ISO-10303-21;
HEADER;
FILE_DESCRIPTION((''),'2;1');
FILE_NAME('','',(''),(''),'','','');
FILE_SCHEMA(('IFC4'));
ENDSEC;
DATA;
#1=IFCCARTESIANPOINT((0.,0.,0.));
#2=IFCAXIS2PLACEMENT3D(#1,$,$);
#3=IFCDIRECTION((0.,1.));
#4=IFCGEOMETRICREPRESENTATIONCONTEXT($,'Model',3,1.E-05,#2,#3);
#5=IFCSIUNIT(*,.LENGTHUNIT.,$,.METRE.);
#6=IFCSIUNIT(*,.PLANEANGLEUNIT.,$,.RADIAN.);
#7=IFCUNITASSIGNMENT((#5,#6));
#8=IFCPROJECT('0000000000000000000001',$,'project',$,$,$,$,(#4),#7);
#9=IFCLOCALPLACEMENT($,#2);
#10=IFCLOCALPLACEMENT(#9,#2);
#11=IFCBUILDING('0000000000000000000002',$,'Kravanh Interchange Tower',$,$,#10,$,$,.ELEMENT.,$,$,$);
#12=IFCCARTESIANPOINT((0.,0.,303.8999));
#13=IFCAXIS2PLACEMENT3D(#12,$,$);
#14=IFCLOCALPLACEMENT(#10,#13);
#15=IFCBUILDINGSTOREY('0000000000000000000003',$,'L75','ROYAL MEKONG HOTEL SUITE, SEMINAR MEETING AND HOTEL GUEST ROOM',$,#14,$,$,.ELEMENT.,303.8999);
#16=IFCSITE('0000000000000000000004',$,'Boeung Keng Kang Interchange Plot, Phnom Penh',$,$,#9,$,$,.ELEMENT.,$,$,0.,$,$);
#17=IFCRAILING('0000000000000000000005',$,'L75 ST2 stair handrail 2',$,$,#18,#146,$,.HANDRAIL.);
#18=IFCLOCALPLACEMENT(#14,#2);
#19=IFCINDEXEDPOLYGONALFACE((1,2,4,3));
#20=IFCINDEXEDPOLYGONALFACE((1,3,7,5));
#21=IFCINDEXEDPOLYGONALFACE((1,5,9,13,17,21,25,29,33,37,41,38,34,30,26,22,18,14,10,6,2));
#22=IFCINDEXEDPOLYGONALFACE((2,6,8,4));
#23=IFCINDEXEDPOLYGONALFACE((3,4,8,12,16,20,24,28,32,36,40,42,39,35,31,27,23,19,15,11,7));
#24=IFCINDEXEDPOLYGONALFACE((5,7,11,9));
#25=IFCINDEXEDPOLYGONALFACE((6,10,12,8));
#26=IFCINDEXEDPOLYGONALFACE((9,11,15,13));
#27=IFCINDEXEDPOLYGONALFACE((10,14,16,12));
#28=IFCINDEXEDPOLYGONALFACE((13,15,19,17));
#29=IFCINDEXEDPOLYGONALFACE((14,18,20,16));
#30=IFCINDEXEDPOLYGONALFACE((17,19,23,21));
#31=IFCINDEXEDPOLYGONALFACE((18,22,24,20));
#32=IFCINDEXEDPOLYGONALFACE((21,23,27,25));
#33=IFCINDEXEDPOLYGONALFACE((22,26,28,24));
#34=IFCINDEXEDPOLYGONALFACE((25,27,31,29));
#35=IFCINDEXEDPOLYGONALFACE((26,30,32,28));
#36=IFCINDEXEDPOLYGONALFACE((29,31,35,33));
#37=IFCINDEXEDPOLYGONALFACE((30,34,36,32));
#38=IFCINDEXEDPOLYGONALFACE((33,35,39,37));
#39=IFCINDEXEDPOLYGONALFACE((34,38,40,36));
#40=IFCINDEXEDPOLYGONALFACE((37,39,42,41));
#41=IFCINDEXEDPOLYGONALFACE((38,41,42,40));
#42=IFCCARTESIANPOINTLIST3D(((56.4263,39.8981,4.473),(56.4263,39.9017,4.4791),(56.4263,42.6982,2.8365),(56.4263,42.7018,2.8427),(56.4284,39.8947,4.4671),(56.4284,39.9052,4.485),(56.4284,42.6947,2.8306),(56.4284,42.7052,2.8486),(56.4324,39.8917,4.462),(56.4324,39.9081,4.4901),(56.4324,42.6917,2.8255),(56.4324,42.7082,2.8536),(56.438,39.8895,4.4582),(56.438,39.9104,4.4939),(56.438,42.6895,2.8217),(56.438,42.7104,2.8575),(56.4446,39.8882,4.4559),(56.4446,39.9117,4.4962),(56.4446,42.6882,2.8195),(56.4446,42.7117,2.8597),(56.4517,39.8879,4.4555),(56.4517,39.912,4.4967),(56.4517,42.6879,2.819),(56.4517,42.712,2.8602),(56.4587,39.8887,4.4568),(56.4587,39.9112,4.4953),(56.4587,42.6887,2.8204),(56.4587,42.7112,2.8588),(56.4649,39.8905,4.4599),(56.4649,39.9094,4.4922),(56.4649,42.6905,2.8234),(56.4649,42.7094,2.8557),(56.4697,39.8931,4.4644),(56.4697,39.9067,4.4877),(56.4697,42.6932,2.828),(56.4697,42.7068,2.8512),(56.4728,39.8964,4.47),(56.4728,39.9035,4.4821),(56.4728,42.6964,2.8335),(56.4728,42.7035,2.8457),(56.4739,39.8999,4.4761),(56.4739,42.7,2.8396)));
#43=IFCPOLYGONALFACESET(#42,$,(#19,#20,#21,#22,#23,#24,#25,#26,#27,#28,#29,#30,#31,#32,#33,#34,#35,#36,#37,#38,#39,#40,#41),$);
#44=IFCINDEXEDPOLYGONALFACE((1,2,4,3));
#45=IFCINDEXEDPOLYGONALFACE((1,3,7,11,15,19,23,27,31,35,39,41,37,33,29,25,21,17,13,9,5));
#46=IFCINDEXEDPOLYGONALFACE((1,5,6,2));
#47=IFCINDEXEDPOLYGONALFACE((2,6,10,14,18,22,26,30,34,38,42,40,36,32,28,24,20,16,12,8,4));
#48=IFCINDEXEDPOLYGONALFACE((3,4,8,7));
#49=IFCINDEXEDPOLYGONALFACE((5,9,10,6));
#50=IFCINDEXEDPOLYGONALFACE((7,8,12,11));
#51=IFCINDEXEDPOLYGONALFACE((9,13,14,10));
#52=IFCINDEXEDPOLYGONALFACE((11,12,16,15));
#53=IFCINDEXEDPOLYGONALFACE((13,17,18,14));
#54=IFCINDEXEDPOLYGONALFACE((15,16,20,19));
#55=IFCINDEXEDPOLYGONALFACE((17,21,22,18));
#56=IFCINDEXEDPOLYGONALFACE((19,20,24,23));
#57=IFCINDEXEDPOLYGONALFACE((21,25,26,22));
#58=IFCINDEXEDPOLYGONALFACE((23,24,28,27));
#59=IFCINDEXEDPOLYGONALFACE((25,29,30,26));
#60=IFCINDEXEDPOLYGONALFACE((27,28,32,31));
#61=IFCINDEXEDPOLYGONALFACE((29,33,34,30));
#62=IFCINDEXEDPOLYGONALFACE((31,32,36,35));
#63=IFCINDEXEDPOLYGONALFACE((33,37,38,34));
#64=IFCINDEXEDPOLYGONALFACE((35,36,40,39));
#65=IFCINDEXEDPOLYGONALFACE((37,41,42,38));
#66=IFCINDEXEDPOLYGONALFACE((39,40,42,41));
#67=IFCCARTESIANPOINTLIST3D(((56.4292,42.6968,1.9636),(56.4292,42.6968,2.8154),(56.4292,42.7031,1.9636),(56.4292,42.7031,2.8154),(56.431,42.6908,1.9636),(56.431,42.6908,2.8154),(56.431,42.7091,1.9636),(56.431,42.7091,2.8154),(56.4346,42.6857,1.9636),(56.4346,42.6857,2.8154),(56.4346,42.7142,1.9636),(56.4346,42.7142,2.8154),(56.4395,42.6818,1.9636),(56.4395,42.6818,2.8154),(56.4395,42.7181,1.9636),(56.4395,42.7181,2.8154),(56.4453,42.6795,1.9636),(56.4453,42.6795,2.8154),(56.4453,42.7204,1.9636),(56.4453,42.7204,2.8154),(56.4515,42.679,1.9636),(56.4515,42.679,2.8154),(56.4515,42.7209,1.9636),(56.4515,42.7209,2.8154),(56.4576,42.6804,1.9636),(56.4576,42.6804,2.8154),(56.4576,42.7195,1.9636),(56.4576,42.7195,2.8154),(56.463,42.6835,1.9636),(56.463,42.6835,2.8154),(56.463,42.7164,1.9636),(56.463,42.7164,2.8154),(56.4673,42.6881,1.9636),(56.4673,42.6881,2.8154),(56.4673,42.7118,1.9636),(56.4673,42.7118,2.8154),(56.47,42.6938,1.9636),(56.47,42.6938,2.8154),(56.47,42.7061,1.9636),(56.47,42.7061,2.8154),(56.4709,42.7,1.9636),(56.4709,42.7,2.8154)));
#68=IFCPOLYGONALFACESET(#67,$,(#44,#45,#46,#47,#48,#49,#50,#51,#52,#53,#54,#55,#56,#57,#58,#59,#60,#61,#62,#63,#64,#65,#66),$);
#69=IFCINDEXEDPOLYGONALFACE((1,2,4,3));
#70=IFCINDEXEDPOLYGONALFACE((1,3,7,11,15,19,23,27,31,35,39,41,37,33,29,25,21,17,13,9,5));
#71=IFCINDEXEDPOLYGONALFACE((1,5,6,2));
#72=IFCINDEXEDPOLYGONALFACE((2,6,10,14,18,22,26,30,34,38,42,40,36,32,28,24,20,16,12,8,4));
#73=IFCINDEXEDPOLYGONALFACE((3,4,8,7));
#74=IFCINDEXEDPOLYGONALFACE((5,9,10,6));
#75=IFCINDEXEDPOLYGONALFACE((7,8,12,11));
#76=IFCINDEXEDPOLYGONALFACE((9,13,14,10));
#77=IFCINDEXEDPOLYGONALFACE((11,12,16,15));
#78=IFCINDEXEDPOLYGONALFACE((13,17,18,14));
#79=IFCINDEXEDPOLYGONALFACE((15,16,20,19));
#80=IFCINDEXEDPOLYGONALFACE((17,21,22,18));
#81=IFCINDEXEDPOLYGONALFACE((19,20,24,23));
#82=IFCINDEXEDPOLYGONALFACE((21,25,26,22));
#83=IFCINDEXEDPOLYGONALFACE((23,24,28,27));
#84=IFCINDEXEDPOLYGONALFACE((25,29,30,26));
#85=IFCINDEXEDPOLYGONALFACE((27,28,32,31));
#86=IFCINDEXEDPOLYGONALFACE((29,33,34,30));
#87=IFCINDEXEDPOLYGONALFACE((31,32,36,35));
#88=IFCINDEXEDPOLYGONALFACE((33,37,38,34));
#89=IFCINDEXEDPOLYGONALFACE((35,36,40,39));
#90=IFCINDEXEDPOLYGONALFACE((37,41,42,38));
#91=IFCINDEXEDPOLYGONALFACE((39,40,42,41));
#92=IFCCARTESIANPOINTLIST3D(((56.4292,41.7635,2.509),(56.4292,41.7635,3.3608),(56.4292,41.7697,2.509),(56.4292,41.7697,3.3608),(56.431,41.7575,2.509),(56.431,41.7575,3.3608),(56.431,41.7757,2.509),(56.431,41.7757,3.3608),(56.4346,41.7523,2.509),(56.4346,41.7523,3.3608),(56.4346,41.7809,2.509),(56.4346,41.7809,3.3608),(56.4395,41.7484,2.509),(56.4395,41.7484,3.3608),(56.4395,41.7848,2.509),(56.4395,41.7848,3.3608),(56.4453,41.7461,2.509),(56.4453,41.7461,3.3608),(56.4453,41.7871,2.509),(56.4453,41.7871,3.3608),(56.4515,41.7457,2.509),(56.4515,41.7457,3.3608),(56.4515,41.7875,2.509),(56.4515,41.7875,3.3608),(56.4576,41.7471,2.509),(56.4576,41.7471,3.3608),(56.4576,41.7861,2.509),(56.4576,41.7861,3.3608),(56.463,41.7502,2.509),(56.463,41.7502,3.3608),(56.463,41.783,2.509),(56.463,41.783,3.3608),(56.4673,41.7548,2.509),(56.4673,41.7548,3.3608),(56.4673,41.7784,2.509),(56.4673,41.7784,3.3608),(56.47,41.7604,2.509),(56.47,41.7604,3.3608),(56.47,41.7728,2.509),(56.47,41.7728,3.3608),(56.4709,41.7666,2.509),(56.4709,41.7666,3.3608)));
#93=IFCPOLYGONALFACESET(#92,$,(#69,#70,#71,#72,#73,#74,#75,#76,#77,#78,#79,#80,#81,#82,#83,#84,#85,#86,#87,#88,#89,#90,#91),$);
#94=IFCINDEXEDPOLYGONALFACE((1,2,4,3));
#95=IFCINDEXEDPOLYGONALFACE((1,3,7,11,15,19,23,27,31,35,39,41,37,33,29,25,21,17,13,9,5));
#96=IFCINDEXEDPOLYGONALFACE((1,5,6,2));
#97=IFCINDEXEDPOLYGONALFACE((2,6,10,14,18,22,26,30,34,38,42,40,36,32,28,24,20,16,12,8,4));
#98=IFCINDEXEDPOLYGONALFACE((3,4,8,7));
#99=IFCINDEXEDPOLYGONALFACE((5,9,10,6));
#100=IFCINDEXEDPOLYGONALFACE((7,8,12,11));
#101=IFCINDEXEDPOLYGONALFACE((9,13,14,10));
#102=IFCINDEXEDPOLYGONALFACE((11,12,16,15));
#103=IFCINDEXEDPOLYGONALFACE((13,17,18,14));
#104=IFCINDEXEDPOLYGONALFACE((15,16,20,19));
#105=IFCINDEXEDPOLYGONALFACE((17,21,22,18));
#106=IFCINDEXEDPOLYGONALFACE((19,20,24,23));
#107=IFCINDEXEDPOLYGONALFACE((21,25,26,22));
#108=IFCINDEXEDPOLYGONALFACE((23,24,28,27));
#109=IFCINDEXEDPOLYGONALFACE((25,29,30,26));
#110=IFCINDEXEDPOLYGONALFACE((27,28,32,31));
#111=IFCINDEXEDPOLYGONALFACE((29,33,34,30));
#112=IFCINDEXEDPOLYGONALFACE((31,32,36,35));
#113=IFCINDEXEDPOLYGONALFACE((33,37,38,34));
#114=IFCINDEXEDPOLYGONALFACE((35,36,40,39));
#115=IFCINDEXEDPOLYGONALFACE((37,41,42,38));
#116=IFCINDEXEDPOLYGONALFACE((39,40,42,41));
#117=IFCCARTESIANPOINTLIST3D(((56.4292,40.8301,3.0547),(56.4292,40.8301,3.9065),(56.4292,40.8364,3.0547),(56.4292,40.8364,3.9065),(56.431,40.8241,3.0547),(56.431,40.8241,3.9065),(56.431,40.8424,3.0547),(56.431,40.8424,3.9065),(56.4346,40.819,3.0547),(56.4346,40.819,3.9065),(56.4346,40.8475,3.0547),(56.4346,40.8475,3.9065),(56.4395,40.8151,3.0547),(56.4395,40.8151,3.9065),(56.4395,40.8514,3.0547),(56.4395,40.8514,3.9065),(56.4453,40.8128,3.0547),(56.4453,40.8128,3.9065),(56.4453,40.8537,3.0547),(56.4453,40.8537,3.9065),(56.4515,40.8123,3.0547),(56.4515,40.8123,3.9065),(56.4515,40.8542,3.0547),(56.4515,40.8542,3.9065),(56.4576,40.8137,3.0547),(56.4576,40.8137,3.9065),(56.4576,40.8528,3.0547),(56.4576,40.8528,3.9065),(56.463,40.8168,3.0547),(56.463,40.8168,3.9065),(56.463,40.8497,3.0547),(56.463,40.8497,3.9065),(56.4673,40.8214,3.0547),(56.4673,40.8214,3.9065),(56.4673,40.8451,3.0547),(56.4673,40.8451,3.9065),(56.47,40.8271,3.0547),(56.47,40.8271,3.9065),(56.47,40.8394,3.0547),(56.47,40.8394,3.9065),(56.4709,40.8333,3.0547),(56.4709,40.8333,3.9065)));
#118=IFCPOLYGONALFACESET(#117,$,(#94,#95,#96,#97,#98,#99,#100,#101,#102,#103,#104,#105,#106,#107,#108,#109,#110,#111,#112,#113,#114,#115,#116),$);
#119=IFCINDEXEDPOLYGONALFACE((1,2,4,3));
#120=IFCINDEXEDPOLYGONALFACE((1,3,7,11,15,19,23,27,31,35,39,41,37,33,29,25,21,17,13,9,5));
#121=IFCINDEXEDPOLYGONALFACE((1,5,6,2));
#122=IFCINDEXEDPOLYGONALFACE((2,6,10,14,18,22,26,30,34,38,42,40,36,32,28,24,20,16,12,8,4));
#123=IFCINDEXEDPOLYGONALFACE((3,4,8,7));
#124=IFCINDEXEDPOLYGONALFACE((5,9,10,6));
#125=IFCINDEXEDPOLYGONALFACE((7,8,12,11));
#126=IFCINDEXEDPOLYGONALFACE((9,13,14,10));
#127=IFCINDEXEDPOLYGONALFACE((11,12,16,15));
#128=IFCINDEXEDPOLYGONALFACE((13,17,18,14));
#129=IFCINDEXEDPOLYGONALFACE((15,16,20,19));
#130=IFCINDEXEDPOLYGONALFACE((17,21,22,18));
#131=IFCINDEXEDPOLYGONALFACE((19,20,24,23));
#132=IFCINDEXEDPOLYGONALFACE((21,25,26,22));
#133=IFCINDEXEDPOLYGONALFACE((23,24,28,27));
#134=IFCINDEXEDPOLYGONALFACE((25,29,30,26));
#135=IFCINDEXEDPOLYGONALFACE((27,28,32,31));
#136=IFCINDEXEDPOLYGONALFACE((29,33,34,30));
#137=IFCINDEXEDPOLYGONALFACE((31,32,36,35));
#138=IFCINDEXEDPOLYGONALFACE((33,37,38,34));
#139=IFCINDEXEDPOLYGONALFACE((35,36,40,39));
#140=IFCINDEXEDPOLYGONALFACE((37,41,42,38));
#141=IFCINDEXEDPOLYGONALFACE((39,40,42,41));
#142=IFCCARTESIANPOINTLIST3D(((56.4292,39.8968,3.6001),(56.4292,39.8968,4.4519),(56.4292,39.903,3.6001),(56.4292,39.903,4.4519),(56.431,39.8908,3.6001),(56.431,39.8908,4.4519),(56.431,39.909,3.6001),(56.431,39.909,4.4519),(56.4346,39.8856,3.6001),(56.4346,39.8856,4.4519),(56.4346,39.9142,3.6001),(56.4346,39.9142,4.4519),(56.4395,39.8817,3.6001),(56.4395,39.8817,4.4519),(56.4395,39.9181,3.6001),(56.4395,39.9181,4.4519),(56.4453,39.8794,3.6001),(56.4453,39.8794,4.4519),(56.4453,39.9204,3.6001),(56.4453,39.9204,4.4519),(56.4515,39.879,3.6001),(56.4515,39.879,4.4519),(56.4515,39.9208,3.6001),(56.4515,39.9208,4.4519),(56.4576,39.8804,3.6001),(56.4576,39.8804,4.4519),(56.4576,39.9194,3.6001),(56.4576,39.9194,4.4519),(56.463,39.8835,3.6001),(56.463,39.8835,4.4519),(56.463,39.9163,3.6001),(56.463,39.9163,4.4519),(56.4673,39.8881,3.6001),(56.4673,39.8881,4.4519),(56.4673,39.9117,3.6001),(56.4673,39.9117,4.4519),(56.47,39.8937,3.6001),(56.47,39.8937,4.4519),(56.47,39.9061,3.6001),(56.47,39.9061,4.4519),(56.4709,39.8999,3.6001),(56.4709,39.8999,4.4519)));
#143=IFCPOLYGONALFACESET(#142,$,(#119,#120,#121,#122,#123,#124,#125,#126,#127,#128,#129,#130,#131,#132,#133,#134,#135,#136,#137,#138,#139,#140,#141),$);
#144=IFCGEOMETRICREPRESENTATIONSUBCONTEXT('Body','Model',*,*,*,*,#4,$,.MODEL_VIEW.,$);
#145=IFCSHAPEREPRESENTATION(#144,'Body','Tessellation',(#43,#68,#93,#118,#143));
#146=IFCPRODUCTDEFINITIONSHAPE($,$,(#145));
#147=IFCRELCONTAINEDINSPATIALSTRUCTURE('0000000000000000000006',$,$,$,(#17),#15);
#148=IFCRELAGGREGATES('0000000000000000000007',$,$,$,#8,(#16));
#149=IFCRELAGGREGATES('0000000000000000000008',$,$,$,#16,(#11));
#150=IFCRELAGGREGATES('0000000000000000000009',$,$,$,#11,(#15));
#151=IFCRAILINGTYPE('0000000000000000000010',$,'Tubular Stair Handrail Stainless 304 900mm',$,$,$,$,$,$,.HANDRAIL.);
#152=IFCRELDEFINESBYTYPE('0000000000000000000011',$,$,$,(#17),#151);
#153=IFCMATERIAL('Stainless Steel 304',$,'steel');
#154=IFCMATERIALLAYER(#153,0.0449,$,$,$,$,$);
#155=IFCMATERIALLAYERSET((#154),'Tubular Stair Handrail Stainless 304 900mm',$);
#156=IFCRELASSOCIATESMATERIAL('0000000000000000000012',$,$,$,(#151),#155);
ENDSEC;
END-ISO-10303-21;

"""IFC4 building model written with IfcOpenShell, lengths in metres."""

from ifc_helpers import new_model, si_unit, direction, frame, origin, origin_2d, place, context, subcontext, project, spatial, circle, extrude, material, layer, layer_set, type_object, element, save


model = new_model("IFC4")

# Units and contexts
model_context = context("Model", 3, precision=1e-05, world=origin(), true_north=direction((0.0, 1.0)))
body_context = subcontext(model_context, "Body", "Model", "MODEL_VIEW")
ifc_project = project(units=[si_unit("LENGTHUNIT", "METRE"), si_unit("PLANEANGLEUNIT", "RADIAN")], contexts=[model_context])

# Site, building, storey
site_placement = place(None, origin())
site = spatial("IfcSite", under=ifc_project, at=site_placement, Name="Boeung Keng Kang Interchange Plot, Phnom Penh", CompositionType="ELEMENT", RefElevation=0.0)
building_placement = place(site_placement, origin())
building = spatial("IfcBuilding", under=site, at=building_placement, Name="Kravanh Interchange Tower", CompositionType="ELEMENT")
storey_placement = place(building_placement, frame((0.0, 0.0, 303.8999)))
storey = spatial("IfcBuildingStorey", under=building, at=storey_placement, Name="L75", Description="ROYAL MEKONG HOTEL SUITE, SEMINAR MEETING AND HOTEL GUEST ROOM", CompositionType="ELEMENT", Elevation=303.8999)

# Railing
ifc_material_1 = material(Name="Stainless Steel 304", Category="steel")
ifc_layer_1 = layer(ifc_material_1, 0.0449)
ifc_layer_set_1 = layer_set([ifc_layer_1], Name="Tubular Stair Handrail Stainless 304 900mm")
railing_type_1 = type_object("IfcRailingType", Name="Tubular Stair Handrail Stainless 304 900mm", PredefinedType="HANDRAIL", material=ifc_layer_set_1)
railing_1_placement = place(storey_placement, frame((56.45, 42.7, 1.9636)))
element("IfcRailing", 1, at=railing_1_placement, inside=storey, type_object=railing_type_1, Name="L75 ST2 stair handrail 2", PredefinedType="HANDRAIL", context=body_context, shape_type="SweptSolid", body=[
    extrude(circle(Radius=0.0239, at=origin_2d()), frame((0.0, 0.0, 0.876), z_axis=(0.0, -0.863361, 0.504587), x_axis=(1.0, 0.0, 0.0)), (0.0, 0.0, 1.0), 3.2432),
    extrude(circle(Radius=0.021, at=origin_2d()), origin(), (0.0, 0.0, 1.0), 0.8518),
    extrude(circle(Radius=0.021, at=origin_2d()), frame((0.0, -0.9333, 0.5454)), (0.0, 0.0, 1.0), 0.8518),
    extrude(circle(Radius=0.021, at=origin_2d()), frame((0.0, -1.8667, 1.0911)), (0.0, 0.0, 1.0), 0.8518),
    extrude(circle(Radius=0.021, at=origin_2d()), frame((0.0, -2.8, 1.6365)), (0.0, 0.0, 1.0), 0.8518),
])

save(model, "model.ifc")
